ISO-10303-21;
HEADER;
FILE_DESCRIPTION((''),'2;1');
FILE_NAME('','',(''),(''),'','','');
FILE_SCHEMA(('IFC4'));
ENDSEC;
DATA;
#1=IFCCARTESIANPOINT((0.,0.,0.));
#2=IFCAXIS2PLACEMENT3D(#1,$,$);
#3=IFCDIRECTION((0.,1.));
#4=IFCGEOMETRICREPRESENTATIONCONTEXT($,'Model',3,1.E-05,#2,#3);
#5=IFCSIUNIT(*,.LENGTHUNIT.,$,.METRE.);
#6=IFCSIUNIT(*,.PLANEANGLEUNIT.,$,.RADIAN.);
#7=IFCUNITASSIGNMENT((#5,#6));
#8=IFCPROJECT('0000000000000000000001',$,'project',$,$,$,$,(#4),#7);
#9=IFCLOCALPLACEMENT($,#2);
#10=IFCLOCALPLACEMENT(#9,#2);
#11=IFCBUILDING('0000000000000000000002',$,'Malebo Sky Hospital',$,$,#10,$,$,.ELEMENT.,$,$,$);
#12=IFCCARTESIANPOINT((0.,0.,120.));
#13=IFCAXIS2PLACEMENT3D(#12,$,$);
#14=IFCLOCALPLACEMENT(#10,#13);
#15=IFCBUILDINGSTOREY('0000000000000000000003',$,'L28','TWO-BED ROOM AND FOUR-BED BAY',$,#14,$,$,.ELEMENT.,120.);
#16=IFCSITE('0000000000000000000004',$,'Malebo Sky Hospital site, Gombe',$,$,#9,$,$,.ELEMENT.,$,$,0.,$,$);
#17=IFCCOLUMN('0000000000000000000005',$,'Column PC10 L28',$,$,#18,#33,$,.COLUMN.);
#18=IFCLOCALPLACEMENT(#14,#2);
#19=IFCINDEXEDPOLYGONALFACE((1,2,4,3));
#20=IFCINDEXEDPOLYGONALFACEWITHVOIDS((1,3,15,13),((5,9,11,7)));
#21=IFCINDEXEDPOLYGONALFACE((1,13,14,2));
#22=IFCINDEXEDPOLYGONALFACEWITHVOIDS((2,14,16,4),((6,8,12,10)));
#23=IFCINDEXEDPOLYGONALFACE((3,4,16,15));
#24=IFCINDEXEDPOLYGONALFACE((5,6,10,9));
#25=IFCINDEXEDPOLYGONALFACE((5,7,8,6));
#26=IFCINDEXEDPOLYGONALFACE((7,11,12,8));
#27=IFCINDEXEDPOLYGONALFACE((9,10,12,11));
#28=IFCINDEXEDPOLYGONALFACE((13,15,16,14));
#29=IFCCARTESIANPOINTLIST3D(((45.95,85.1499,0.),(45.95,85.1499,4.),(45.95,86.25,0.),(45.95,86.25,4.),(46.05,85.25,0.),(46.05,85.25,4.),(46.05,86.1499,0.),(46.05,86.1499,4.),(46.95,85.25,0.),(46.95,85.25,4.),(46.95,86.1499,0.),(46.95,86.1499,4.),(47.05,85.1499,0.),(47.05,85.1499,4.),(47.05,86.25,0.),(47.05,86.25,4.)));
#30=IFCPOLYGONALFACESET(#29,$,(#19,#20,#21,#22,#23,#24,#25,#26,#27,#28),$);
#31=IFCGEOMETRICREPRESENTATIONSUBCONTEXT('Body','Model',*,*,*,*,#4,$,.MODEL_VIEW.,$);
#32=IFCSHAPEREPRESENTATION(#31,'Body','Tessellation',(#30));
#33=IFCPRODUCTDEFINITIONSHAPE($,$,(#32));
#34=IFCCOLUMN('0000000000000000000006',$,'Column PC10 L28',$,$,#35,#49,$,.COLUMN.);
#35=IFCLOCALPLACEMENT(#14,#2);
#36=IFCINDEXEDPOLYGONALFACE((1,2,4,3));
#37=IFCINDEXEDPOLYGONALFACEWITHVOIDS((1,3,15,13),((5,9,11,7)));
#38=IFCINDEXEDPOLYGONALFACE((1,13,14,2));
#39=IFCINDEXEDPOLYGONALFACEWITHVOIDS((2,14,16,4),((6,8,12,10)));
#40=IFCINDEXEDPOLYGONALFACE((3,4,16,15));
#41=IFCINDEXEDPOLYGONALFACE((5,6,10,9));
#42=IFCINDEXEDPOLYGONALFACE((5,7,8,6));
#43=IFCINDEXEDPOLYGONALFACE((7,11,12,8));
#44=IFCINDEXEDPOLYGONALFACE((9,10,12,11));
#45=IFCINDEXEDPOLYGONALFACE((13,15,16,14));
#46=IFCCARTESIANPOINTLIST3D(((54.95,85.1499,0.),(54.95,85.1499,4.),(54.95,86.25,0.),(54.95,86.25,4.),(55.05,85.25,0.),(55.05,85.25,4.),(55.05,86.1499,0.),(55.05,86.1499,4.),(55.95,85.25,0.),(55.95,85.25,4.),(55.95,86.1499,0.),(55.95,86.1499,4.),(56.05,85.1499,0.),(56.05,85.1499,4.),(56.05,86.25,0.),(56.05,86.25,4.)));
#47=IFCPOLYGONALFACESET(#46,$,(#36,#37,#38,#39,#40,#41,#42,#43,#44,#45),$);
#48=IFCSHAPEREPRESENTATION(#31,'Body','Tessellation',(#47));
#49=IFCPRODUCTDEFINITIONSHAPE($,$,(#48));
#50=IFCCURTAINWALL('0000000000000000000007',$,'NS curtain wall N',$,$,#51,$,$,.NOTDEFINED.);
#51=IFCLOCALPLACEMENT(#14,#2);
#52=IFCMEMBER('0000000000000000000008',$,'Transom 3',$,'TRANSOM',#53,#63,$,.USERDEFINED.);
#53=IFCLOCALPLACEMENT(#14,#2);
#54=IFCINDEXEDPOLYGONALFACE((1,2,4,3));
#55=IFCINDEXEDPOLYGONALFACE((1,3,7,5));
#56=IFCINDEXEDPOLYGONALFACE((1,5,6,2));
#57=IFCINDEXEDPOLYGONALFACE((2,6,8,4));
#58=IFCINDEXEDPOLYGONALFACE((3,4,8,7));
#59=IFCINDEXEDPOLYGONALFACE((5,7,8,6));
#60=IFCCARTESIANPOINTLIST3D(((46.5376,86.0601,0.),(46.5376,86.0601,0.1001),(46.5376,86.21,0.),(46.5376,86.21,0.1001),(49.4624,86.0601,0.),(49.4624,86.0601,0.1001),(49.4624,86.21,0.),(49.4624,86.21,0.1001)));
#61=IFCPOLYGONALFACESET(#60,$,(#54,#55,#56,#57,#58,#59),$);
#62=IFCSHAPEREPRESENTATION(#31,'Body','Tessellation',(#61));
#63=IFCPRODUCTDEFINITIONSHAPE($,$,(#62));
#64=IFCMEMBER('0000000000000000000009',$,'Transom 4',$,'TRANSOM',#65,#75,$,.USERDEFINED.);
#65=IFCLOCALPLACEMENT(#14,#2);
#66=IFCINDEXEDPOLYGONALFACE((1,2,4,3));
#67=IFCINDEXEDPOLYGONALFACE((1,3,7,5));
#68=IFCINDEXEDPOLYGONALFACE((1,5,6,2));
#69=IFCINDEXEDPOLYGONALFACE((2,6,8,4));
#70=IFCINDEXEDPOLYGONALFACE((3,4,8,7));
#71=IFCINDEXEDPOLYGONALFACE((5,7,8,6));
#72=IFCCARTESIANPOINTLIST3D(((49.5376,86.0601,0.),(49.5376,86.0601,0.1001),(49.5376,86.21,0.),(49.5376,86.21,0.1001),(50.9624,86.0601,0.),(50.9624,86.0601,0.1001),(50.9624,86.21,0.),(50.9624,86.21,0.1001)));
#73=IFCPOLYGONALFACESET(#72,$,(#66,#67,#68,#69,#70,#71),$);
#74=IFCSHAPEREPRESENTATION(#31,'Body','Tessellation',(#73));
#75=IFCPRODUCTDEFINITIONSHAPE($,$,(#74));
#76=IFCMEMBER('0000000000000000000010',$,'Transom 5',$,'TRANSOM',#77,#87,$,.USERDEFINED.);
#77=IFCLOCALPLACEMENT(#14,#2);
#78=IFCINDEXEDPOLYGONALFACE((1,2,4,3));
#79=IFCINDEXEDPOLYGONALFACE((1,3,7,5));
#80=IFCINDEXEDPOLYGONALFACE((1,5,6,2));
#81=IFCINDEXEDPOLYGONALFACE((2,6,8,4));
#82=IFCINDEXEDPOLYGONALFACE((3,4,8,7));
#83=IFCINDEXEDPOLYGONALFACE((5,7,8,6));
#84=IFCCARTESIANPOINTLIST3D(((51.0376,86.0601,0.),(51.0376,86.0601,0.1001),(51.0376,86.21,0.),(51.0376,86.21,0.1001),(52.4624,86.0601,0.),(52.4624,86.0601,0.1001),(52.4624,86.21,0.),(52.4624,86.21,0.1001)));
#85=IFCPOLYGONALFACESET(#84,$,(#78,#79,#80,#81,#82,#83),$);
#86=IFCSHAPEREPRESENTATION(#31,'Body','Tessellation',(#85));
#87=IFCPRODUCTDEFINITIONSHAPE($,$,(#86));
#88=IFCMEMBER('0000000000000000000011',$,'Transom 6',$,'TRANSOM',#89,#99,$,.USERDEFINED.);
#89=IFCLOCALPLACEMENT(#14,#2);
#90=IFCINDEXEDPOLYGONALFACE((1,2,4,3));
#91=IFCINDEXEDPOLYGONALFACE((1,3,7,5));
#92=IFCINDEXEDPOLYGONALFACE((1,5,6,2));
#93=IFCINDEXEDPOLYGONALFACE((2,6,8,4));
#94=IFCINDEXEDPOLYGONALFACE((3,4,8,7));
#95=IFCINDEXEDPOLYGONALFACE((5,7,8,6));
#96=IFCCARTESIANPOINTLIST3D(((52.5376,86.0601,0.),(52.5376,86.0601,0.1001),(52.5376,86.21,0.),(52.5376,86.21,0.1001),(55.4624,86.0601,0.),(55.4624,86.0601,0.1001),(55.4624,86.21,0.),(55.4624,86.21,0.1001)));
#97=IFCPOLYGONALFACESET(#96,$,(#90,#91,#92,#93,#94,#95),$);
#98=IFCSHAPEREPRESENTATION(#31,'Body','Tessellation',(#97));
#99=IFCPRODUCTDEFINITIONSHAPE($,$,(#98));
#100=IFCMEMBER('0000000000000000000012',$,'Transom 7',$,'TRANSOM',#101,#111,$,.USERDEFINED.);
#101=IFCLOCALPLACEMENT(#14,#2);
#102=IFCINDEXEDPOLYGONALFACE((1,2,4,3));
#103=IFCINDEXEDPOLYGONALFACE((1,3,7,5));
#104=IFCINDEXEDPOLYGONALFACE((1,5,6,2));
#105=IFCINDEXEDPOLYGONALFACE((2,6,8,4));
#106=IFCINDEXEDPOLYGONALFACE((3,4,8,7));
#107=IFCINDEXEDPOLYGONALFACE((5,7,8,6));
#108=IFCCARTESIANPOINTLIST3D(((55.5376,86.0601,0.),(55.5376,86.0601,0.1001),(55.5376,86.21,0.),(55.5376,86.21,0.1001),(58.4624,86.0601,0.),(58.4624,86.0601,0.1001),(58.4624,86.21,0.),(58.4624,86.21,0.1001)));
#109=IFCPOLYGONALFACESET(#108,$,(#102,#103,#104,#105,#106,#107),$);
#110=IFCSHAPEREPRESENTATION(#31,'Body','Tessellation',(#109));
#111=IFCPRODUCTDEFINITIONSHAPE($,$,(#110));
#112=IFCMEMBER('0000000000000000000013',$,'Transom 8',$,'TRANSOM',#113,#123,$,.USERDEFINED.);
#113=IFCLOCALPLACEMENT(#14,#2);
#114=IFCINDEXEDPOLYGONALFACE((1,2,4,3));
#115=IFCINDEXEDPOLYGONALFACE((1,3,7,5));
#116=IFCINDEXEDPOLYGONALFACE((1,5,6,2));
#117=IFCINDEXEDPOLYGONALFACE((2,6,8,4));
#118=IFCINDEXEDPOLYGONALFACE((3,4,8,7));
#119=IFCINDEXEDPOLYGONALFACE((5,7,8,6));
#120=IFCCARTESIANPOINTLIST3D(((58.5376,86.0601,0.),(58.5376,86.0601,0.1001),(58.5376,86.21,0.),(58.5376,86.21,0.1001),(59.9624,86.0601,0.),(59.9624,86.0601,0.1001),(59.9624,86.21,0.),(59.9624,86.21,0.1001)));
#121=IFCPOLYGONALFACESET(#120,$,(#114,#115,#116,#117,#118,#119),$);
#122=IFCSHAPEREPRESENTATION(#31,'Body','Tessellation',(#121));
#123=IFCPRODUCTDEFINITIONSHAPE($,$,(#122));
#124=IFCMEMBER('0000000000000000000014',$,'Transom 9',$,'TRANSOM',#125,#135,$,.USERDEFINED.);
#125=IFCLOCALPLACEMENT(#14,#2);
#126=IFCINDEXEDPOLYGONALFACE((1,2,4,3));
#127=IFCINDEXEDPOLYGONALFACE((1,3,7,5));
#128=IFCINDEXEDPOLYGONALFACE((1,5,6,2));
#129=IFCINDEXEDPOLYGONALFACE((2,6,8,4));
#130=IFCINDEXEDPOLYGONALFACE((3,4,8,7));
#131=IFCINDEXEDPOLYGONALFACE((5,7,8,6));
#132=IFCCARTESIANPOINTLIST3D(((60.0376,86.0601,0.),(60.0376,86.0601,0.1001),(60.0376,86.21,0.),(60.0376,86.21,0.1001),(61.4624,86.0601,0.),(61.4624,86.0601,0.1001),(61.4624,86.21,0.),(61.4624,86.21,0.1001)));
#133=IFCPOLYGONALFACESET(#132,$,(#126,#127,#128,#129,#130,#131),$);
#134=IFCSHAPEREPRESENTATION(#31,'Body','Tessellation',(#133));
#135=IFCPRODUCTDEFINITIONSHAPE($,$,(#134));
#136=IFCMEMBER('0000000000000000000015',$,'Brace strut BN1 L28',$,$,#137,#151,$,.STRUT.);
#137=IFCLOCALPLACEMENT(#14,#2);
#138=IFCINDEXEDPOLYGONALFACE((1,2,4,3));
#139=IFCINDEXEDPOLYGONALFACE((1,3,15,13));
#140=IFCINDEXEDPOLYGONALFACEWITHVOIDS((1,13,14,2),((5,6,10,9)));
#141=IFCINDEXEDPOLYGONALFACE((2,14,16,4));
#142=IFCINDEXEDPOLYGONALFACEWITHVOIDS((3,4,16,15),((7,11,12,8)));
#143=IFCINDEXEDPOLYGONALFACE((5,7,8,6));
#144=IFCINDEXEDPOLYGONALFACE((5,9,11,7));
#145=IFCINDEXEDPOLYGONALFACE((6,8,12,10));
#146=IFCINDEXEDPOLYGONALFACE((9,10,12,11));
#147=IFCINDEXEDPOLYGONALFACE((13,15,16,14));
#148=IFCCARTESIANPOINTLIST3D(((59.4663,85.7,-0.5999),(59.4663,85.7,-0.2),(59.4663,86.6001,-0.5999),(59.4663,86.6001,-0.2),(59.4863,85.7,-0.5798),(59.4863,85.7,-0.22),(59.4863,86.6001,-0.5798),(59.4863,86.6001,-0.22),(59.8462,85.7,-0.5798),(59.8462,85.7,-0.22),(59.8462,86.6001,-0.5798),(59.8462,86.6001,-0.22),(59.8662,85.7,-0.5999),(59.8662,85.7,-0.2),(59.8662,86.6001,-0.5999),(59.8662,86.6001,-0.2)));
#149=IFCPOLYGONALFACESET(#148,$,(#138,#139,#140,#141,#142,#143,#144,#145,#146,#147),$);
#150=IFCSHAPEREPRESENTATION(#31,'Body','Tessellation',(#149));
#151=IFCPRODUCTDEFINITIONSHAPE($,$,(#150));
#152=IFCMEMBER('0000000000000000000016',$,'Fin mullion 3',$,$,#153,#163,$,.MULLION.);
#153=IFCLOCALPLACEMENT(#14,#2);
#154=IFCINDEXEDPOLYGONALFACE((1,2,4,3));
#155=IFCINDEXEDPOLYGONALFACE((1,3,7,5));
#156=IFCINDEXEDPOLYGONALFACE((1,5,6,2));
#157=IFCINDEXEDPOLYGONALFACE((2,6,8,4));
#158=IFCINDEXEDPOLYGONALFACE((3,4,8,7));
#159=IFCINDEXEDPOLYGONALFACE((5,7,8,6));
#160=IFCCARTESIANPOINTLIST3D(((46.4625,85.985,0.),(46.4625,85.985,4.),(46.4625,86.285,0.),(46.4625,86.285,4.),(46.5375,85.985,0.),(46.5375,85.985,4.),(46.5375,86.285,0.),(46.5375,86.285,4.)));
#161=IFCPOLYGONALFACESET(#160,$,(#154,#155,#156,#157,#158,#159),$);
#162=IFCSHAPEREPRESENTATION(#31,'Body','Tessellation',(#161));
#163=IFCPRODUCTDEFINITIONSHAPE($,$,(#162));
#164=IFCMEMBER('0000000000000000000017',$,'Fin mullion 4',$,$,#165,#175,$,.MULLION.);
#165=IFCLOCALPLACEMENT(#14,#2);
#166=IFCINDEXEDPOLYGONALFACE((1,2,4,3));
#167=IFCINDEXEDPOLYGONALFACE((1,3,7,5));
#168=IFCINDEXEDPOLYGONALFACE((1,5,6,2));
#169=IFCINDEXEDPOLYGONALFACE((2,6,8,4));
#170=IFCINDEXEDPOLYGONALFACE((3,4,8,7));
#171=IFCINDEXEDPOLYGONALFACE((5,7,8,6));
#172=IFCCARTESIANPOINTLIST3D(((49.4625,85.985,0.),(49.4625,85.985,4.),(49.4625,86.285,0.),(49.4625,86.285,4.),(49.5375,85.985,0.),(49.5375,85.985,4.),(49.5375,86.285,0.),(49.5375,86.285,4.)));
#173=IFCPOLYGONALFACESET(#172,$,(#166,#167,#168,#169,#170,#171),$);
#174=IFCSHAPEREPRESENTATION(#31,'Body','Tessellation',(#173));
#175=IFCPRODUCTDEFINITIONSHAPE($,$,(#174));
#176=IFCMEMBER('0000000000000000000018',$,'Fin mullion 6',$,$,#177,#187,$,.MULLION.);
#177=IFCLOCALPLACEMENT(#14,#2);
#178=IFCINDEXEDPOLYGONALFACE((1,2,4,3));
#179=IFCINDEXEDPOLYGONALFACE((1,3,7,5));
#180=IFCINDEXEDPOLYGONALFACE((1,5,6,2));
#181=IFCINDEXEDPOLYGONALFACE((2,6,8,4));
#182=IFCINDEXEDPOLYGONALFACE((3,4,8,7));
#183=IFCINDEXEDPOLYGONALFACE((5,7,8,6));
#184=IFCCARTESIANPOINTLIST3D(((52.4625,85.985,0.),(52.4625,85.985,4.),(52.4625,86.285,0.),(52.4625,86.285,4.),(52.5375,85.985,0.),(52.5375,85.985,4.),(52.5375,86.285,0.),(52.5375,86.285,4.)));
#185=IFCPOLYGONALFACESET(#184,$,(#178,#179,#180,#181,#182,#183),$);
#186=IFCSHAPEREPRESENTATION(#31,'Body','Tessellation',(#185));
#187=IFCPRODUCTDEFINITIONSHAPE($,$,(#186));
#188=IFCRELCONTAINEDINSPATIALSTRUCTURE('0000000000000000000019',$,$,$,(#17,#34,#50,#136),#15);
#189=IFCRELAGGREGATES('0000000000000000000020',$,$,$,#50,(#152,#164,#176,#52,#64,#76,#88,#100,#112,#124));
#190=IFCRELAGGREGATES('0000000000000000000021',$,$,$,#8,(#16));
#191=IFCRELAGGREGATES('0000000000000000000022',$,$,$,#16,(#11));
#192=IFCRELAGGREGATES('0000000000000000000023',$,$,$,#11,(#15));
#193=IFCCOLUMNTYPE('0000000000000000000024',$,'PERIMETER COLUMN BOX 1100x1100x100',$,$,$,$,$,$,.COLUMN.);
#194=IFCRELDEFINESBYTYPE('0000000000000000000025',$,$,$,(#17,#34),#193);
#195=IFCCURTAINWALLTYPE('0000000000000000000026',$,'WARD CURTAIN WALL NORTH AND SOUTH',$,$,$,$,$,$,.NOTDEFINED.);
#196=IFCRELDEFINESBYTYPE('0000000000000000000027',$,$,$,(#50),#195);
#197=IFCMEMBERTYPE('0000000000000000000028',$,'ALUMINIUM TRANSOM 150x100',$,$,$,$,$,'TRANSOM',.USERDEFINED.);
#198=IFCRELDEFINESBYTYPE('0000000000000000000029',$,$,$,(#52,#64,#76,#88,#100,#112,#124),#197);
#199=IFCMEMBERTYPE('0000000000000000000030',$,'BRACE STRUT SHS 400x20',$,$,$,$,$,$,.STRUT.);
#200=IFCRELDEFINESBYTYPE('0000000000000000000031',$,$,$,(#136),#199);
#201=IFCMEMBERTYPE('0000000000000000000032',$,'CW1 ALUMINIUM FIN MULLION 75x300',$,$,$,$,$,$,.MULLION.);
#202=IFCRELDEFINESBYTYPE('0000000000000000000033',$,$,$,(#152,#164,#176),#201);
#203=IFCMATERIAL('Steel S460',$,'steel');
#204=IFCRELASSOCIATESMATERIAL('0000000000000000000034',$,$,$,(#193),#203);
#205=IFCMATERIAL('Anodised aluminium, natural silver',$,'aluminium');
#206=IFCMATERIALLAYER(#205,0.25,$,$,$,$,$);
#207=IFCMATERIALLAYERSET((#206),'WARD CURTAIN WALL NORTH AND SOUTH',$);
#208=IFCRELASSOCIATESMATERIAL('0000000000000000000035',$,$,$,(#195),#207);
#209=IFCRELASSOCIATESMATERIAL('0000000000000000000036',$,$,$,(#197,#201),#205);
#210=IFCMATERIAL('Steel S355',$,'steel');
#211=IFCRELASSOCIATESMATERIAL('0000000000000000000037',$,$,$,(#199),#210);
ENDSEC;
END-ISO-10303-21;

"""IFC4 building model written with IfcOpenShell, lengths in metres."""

from ifc_helpers import new_model, si_unit, direction, frame, origin, origin_2d, place, context, subcontext, project, spatial, rectangle, hollow_rectangle, extrude, material, layer, layer_set, material_profile, profile_set, type_object, element, aggregate, save


model = new_model("IFC4")

# Units and contexts
model_context = context("Model", 3, precision=1e-05, world=origin(), true_north=direction((0.0, 1.0)))
body_context = subcontext(model_context, "Body", "Model", "MODEL_VIEW")
ifc_project = project(units=[si_unit("LENGTHUNIT", "METRE"), si_unit("PLANEANGLEUNIT", "RADIAN")], contexts=[model_context])

# Site, building, storey
site_placement = place(None, origin())
site = spatial("IfcSite", under=ifc_project, at=site_placement, Name="Malebo Sky Hospital site, Gombe", CompositionType="ELEMENT", RefElevation=0.0)
building_placement = place(site_placement, origin())
building = spatial("IfcBuilding", under=site, at=building_placement, Name="Malebo Sky Hospital", CompositionType="ELEMENT")
storey_placement = place(building_placement, frame((0.0, 0.0, 120.0)))
storey = spatial("IfcBuildingStorey", under=building, at=storey_placement, Name="L28", Description="TWO-BED ROOM AND FOUR-BED BAY", CompositionType="ELEMENT", Elevation=120.0)

# Columns
ifc_material_1 = material(Name="Steel S460", Category="steel")
ifc_material_profile_1 = material_profile(ifc_material_1, hollow_rectangle(XDim=1.1001, YDim=1.1001, WallThickness=0.1001, at=origin_2d()), Name="BOX 1100x1100x100")
ifc_profile_set_1 = profile_set([ifc_material_profile_1], Name="Steel S460")
column_type = type_object("IfcColumnType", Name="PERIMETER COLUMN BOX 1100x1100x100", PredefinedType="COLUMN", material=ifc_profile_set_1)
for number, where, z_axis, x_axis, name in (
    (1, (46.5, 85.7, 0.0), (0.0, 0.0, 1.0), (1.0, 0.0, 0.0), "Column PC10 L28"),
    (2, (55.5, 85.7, 0.0), (0.0, 0.0, 1.0), (1.0, 0.0, 0.0), "Column PC10 L28"),
):
    element("IfcColumn", number, at=place(storey_placement, frame(where, z_axis=z_axis, x_axis=x_axis)), inside=storey, type_object=column_type, Name=name, PredefinedType="COLUMN", context=body_context, shape_type="SweptSolid", body=[
        extrude(hollow_rectangle(XDim=1.1001, YDim=1.1001, WallThickness=0.1001, at=origin_2d()), origin(), (0.0, 0.0, 1.0), 4.0),
    ])

# Curtain wall, members
ifc_material_2 = material(Name="Anodised aluminium, natural silver", Category="aluminium")
ifc_layer_1 = layer(ifc_material_2, 0.25)
ifc_layer_set_1 = layer_set([ifc_layer_1], Name="WARD CURTAIN WALL NORTH AND SOUTH")
curtain_wall_type = type_object("IfcCurtainWallType", Name="WARD CURTAIN WALL NORTH AND SOUTH", PredefinedType="NOTDEFINED", material=ifc_layer_set_1)
curtain_wall_placement = place(storey_placement, origin())
curtain_wall = element("IfcCurtainWall", 3, at=curtain_wall_placement, inside=storey, type_object=curtain_wall_type, Name="NS curtain wall N", PredefinedType="NOTDEFINED")
ifc_material_profile_2 = material_profile(ifc_material_2, rectangle(XDim=0.1499, YDim=0.1001, at=origin_2d()), Name="ALUMINIUM TRANSOM 150x100")
ifc_profile_set_2 = profile_set([ifc_material_profile_2], Name="Anodised aluminium, natural silver")
member_type_1 = type_object("IfcMemberType", Name="ALUMINIUM TRANSOM 150x100", ElementType="TRANSOM", PredefinedType="USERDEFINED", material=ifc_profile_set_2)
member_1_placement = place(storey_placement, frame((46.5376, 86.135, 0.05), z_axis=(1.0, 0.0, 0.0), x_axis=(0.0, 1.0, 0.0)))
member_1 = element("IfcMember", 4, at=member_1_placement, type_object=member_type_1, Name="Transom 3", ObjectType="TRANSOM", PredefinedType="USERDEFINED", context=body_context, shape_type="SweptSolid", body=[
    extrude(rectangle(XDim=0.1499, YDim=0.1001, at=origin_2d()), origin(), (0.0, 0.0, 1.0), 2.9248),
])
member_2_placement = place(storey_placement, frame((49.5376, 86.135, 0.05), z_axis=(1.0, 0.0, 0.0), x_axis=(0.0, 1.0, 0.0)))
member_2 = element("IfcMember", 5, at=member_2_placement, type_object=member_type_1, Name="Transom 4", ObjectType="TRANSOM", PredefinedType="USERDEFINED", context=body_context, shape_type="SweptSolid", body=[
    extrude(rectangle(XDim=0.1499, YDim=0.1001, at=origin_2d()), origin(), (0.0, 0.0, 1.0), 1.4248),
])
member_3_placement = place(storey_placement, frame((51.0376, 86.135, 0.05), z_axis=(1.0, 0.0, 0.0), x_axis=(0.0, 1.0, 0.0)))
member_3 = element("IfcMember", 6, at=member_3_placement, type_object=member_type_1, Name="Transom 5", ObjectType="TRANSOM", PredefinedType="USERDEFINED", context=body_context, shape_type="SweptSolid", body=[
    extrude(rectangle(XDim=0.1499, YDim=0.1001, at=origin_2d()), origin(), (0.0, 0.0, 1.0), 1.4248),
])
member_4_placement = place(storey_placement, frame((52.5376, 86.135, 0.05), z_axis=(1.0, 0.0, 0.0), x_axis=(0.0, 1.0, 0.0)))
member_4 = element("IfcMember", 7, at=member_4_placement, type_object=member_type_1, Name="Transom 6", ObjectType="TRANSOM", PredefinedType="USERDEFINED", context=body_context, shape_type="SweptSolid", body=[
    extrude(rectangle(XDim=0.1499, YDim=0.1001, at=origin_2d()), origin(), (0.0, 0.0, 1.0), 2.9248),
])
member_5_placement = place(storey_placement, frame((55.5376, 86.135, 0.05), z_axis=(1.0, 0.0, 0.0), x_axis=(0.0, 1.0, 0.0)))
member_5 = element("IfcMember", 8, at=member_5_placement, type_object=member_type_1, Name="Transom 7", ObjectType="TRANSOM", PredefinedType="USERDEFINED", context=body_context, shape_type="SweptSolid", body=[
    extrude(rectangle(XDim=0.1499, YDim=0.1001, at=origin_2d()), origin(), (0.0, 0.0, 1.0), 2.9248),
])
member_6_placement = place(storey_placement, frame((58.5376, 86.135, 0.05), z_axis=(1.0, 0.0, 0.0), x_axis=(0.0, 1.0, 0.0)))
member_6 = element("IfcMember", 9, at=member_6_placement, type_object=member_type_1, Name="Transom 8", ObjectType="TRANSOM", PredefinedType="USERDEFINED", context=body_context, shape_type="SweptSolid", body=[
    extrude(rectangle(XDim=0.1499, YDim=0.1001, at=origin_2d()), origin(), (0.0, 0.0, 1.0), 1.4248),
])
member_7_placement = place(storey_placement, frame((60.0376, 86.135, 0.05), z_axis=(1.0, 0.0, 0.0), x_axis=(0.0, 1.0, 0.0)))
member_7 = element("IfcMember", 10, at=member_7_placement, type_object=member_type_1, Name="Transom 9", ObjectType="TRANSOM", PredefinedType="USERDEFINED", context=body_context, shape_type="SweptSolid", body=[
    extrude(rectangle(XDim=0.1499, YDim=0.1001, at=origin_2d()), origin(), (0.0, 0.0, 1.0), 1.4248),
])

# Members
ifc_material_3 = material(Name="Steel S355", Category="steel")
ifc_material_profile_3 = material_profile(ifc_material_3, hollow_rectangle(XDim=0.3999, YDim=0.3999, WallThickness=0.02, at=origin_2d()), Name="SHS 400x20")
ifc_profile_set_3 = profile_set([ifc_material_profile_3], Name="Steel S355")
member_type_2 = type_object("IfcMemberType", Name="BRACE STRUT SHS 400x20", PredefinedType="STRUT", material=ifc_profile_set_3)
member_8_placement = place(storey_placement, frame((59.6663, 86.6001, -0.3999), z_axis=(0.0, -1.0, 0.0), x_axis=(1.0, 0.0, 0.0)))
element("IfcMember", 11, at=member_8_placement, inside=storey, type_object=member_type_2, Name="Brace strut BN1 L28", PredefinedType="STRUT", context=body_context, shape_type="SweptSolid", body=[
    extrude(hollow_rectangle(XDim=0.3999, YDim=0.3999, WallThickness=0.02, at=origin_2d()), origin(), (0.0, 0.0, 1.0), 0.9001),
])
ifc_material_profile_4 = material_profile(ifc_material_2, rectangle(XDim=0.075, YDim=0.3, at=origin_2d()), Name="CW1 ALUMINIUM FIN MULLION 75x300")
ifc_profile_set_4 = profile_set([ifc_material_profile_4], Name="Anodised aluminium, natural silver")
member_type_3 = type_object("IfcMemberType", Name="CW1 ALUMINIUM FIN MULLION 75x300", PredefinedType="MULLION", material=ifc_profile_set_4)
member_9_placement = place(storey_placement, frame((46.5, 86.135, 0.0), z_axis=(0.0, 0.0, 1.0), x_axis=(1.0, 0.0, 0.0)))
member_9 = element("IfcMember", 12, at=member_9_placement, type_object=member_type_3, Name="Fin mullion 3", PredefinedType="MULLION", context=body_context, shape_type="SweptSolid", body=[
    extrude(rectangle(XDim=0.075, YDim=0.3, at=origin_2d()), origin(), (0.0, 0.0, 1.0), 4.0),
])
member_10_placement = place(storey_placement, frame((49.5, 86.135, 0.0), z_axis=(0.0, 0.0, 1.0), x_axis=(1.0, 0.0, 0.0)))
member_10 = element("IfcMember", 13, at=member_10_placement, type_object=member_type_3, Name="Fin mullion 4", PredefinedType="MULLION", context=body_context, shape_type="SweptSolid", body=[
    extrude(rectangle(XDim=0.075, YDim=0.3, at=origin_2d()), origin(), (0.0, 0.0, 1.0), 4.0),
])
member_11_placement = place(storey_placement, frame((52.5, 86.135, 0.0), z_axis=(0.0, 0.0, 1.0), x_axis=(1.0, 0.0, 0.0)))
member_11 = element("IfcMember", 14, at=member_11_placement, type_object=member_type_3, Name="Fin mullion 6", PredefinedType="MULLION", context=body_context, shape_type="SweptSolid", body=[
    extrude(rectangle(XDim=0.075, YDim=0.3, at=origin_2d()), origin(), (0.0, 0.0, 1.0), 4.0),
])

aggregate(curtain_wall, [member_9, member_10, member_11, member_1, member_2, member_3, member_4, member_5, member_6, member_7])

save(model, "model.ifc")
